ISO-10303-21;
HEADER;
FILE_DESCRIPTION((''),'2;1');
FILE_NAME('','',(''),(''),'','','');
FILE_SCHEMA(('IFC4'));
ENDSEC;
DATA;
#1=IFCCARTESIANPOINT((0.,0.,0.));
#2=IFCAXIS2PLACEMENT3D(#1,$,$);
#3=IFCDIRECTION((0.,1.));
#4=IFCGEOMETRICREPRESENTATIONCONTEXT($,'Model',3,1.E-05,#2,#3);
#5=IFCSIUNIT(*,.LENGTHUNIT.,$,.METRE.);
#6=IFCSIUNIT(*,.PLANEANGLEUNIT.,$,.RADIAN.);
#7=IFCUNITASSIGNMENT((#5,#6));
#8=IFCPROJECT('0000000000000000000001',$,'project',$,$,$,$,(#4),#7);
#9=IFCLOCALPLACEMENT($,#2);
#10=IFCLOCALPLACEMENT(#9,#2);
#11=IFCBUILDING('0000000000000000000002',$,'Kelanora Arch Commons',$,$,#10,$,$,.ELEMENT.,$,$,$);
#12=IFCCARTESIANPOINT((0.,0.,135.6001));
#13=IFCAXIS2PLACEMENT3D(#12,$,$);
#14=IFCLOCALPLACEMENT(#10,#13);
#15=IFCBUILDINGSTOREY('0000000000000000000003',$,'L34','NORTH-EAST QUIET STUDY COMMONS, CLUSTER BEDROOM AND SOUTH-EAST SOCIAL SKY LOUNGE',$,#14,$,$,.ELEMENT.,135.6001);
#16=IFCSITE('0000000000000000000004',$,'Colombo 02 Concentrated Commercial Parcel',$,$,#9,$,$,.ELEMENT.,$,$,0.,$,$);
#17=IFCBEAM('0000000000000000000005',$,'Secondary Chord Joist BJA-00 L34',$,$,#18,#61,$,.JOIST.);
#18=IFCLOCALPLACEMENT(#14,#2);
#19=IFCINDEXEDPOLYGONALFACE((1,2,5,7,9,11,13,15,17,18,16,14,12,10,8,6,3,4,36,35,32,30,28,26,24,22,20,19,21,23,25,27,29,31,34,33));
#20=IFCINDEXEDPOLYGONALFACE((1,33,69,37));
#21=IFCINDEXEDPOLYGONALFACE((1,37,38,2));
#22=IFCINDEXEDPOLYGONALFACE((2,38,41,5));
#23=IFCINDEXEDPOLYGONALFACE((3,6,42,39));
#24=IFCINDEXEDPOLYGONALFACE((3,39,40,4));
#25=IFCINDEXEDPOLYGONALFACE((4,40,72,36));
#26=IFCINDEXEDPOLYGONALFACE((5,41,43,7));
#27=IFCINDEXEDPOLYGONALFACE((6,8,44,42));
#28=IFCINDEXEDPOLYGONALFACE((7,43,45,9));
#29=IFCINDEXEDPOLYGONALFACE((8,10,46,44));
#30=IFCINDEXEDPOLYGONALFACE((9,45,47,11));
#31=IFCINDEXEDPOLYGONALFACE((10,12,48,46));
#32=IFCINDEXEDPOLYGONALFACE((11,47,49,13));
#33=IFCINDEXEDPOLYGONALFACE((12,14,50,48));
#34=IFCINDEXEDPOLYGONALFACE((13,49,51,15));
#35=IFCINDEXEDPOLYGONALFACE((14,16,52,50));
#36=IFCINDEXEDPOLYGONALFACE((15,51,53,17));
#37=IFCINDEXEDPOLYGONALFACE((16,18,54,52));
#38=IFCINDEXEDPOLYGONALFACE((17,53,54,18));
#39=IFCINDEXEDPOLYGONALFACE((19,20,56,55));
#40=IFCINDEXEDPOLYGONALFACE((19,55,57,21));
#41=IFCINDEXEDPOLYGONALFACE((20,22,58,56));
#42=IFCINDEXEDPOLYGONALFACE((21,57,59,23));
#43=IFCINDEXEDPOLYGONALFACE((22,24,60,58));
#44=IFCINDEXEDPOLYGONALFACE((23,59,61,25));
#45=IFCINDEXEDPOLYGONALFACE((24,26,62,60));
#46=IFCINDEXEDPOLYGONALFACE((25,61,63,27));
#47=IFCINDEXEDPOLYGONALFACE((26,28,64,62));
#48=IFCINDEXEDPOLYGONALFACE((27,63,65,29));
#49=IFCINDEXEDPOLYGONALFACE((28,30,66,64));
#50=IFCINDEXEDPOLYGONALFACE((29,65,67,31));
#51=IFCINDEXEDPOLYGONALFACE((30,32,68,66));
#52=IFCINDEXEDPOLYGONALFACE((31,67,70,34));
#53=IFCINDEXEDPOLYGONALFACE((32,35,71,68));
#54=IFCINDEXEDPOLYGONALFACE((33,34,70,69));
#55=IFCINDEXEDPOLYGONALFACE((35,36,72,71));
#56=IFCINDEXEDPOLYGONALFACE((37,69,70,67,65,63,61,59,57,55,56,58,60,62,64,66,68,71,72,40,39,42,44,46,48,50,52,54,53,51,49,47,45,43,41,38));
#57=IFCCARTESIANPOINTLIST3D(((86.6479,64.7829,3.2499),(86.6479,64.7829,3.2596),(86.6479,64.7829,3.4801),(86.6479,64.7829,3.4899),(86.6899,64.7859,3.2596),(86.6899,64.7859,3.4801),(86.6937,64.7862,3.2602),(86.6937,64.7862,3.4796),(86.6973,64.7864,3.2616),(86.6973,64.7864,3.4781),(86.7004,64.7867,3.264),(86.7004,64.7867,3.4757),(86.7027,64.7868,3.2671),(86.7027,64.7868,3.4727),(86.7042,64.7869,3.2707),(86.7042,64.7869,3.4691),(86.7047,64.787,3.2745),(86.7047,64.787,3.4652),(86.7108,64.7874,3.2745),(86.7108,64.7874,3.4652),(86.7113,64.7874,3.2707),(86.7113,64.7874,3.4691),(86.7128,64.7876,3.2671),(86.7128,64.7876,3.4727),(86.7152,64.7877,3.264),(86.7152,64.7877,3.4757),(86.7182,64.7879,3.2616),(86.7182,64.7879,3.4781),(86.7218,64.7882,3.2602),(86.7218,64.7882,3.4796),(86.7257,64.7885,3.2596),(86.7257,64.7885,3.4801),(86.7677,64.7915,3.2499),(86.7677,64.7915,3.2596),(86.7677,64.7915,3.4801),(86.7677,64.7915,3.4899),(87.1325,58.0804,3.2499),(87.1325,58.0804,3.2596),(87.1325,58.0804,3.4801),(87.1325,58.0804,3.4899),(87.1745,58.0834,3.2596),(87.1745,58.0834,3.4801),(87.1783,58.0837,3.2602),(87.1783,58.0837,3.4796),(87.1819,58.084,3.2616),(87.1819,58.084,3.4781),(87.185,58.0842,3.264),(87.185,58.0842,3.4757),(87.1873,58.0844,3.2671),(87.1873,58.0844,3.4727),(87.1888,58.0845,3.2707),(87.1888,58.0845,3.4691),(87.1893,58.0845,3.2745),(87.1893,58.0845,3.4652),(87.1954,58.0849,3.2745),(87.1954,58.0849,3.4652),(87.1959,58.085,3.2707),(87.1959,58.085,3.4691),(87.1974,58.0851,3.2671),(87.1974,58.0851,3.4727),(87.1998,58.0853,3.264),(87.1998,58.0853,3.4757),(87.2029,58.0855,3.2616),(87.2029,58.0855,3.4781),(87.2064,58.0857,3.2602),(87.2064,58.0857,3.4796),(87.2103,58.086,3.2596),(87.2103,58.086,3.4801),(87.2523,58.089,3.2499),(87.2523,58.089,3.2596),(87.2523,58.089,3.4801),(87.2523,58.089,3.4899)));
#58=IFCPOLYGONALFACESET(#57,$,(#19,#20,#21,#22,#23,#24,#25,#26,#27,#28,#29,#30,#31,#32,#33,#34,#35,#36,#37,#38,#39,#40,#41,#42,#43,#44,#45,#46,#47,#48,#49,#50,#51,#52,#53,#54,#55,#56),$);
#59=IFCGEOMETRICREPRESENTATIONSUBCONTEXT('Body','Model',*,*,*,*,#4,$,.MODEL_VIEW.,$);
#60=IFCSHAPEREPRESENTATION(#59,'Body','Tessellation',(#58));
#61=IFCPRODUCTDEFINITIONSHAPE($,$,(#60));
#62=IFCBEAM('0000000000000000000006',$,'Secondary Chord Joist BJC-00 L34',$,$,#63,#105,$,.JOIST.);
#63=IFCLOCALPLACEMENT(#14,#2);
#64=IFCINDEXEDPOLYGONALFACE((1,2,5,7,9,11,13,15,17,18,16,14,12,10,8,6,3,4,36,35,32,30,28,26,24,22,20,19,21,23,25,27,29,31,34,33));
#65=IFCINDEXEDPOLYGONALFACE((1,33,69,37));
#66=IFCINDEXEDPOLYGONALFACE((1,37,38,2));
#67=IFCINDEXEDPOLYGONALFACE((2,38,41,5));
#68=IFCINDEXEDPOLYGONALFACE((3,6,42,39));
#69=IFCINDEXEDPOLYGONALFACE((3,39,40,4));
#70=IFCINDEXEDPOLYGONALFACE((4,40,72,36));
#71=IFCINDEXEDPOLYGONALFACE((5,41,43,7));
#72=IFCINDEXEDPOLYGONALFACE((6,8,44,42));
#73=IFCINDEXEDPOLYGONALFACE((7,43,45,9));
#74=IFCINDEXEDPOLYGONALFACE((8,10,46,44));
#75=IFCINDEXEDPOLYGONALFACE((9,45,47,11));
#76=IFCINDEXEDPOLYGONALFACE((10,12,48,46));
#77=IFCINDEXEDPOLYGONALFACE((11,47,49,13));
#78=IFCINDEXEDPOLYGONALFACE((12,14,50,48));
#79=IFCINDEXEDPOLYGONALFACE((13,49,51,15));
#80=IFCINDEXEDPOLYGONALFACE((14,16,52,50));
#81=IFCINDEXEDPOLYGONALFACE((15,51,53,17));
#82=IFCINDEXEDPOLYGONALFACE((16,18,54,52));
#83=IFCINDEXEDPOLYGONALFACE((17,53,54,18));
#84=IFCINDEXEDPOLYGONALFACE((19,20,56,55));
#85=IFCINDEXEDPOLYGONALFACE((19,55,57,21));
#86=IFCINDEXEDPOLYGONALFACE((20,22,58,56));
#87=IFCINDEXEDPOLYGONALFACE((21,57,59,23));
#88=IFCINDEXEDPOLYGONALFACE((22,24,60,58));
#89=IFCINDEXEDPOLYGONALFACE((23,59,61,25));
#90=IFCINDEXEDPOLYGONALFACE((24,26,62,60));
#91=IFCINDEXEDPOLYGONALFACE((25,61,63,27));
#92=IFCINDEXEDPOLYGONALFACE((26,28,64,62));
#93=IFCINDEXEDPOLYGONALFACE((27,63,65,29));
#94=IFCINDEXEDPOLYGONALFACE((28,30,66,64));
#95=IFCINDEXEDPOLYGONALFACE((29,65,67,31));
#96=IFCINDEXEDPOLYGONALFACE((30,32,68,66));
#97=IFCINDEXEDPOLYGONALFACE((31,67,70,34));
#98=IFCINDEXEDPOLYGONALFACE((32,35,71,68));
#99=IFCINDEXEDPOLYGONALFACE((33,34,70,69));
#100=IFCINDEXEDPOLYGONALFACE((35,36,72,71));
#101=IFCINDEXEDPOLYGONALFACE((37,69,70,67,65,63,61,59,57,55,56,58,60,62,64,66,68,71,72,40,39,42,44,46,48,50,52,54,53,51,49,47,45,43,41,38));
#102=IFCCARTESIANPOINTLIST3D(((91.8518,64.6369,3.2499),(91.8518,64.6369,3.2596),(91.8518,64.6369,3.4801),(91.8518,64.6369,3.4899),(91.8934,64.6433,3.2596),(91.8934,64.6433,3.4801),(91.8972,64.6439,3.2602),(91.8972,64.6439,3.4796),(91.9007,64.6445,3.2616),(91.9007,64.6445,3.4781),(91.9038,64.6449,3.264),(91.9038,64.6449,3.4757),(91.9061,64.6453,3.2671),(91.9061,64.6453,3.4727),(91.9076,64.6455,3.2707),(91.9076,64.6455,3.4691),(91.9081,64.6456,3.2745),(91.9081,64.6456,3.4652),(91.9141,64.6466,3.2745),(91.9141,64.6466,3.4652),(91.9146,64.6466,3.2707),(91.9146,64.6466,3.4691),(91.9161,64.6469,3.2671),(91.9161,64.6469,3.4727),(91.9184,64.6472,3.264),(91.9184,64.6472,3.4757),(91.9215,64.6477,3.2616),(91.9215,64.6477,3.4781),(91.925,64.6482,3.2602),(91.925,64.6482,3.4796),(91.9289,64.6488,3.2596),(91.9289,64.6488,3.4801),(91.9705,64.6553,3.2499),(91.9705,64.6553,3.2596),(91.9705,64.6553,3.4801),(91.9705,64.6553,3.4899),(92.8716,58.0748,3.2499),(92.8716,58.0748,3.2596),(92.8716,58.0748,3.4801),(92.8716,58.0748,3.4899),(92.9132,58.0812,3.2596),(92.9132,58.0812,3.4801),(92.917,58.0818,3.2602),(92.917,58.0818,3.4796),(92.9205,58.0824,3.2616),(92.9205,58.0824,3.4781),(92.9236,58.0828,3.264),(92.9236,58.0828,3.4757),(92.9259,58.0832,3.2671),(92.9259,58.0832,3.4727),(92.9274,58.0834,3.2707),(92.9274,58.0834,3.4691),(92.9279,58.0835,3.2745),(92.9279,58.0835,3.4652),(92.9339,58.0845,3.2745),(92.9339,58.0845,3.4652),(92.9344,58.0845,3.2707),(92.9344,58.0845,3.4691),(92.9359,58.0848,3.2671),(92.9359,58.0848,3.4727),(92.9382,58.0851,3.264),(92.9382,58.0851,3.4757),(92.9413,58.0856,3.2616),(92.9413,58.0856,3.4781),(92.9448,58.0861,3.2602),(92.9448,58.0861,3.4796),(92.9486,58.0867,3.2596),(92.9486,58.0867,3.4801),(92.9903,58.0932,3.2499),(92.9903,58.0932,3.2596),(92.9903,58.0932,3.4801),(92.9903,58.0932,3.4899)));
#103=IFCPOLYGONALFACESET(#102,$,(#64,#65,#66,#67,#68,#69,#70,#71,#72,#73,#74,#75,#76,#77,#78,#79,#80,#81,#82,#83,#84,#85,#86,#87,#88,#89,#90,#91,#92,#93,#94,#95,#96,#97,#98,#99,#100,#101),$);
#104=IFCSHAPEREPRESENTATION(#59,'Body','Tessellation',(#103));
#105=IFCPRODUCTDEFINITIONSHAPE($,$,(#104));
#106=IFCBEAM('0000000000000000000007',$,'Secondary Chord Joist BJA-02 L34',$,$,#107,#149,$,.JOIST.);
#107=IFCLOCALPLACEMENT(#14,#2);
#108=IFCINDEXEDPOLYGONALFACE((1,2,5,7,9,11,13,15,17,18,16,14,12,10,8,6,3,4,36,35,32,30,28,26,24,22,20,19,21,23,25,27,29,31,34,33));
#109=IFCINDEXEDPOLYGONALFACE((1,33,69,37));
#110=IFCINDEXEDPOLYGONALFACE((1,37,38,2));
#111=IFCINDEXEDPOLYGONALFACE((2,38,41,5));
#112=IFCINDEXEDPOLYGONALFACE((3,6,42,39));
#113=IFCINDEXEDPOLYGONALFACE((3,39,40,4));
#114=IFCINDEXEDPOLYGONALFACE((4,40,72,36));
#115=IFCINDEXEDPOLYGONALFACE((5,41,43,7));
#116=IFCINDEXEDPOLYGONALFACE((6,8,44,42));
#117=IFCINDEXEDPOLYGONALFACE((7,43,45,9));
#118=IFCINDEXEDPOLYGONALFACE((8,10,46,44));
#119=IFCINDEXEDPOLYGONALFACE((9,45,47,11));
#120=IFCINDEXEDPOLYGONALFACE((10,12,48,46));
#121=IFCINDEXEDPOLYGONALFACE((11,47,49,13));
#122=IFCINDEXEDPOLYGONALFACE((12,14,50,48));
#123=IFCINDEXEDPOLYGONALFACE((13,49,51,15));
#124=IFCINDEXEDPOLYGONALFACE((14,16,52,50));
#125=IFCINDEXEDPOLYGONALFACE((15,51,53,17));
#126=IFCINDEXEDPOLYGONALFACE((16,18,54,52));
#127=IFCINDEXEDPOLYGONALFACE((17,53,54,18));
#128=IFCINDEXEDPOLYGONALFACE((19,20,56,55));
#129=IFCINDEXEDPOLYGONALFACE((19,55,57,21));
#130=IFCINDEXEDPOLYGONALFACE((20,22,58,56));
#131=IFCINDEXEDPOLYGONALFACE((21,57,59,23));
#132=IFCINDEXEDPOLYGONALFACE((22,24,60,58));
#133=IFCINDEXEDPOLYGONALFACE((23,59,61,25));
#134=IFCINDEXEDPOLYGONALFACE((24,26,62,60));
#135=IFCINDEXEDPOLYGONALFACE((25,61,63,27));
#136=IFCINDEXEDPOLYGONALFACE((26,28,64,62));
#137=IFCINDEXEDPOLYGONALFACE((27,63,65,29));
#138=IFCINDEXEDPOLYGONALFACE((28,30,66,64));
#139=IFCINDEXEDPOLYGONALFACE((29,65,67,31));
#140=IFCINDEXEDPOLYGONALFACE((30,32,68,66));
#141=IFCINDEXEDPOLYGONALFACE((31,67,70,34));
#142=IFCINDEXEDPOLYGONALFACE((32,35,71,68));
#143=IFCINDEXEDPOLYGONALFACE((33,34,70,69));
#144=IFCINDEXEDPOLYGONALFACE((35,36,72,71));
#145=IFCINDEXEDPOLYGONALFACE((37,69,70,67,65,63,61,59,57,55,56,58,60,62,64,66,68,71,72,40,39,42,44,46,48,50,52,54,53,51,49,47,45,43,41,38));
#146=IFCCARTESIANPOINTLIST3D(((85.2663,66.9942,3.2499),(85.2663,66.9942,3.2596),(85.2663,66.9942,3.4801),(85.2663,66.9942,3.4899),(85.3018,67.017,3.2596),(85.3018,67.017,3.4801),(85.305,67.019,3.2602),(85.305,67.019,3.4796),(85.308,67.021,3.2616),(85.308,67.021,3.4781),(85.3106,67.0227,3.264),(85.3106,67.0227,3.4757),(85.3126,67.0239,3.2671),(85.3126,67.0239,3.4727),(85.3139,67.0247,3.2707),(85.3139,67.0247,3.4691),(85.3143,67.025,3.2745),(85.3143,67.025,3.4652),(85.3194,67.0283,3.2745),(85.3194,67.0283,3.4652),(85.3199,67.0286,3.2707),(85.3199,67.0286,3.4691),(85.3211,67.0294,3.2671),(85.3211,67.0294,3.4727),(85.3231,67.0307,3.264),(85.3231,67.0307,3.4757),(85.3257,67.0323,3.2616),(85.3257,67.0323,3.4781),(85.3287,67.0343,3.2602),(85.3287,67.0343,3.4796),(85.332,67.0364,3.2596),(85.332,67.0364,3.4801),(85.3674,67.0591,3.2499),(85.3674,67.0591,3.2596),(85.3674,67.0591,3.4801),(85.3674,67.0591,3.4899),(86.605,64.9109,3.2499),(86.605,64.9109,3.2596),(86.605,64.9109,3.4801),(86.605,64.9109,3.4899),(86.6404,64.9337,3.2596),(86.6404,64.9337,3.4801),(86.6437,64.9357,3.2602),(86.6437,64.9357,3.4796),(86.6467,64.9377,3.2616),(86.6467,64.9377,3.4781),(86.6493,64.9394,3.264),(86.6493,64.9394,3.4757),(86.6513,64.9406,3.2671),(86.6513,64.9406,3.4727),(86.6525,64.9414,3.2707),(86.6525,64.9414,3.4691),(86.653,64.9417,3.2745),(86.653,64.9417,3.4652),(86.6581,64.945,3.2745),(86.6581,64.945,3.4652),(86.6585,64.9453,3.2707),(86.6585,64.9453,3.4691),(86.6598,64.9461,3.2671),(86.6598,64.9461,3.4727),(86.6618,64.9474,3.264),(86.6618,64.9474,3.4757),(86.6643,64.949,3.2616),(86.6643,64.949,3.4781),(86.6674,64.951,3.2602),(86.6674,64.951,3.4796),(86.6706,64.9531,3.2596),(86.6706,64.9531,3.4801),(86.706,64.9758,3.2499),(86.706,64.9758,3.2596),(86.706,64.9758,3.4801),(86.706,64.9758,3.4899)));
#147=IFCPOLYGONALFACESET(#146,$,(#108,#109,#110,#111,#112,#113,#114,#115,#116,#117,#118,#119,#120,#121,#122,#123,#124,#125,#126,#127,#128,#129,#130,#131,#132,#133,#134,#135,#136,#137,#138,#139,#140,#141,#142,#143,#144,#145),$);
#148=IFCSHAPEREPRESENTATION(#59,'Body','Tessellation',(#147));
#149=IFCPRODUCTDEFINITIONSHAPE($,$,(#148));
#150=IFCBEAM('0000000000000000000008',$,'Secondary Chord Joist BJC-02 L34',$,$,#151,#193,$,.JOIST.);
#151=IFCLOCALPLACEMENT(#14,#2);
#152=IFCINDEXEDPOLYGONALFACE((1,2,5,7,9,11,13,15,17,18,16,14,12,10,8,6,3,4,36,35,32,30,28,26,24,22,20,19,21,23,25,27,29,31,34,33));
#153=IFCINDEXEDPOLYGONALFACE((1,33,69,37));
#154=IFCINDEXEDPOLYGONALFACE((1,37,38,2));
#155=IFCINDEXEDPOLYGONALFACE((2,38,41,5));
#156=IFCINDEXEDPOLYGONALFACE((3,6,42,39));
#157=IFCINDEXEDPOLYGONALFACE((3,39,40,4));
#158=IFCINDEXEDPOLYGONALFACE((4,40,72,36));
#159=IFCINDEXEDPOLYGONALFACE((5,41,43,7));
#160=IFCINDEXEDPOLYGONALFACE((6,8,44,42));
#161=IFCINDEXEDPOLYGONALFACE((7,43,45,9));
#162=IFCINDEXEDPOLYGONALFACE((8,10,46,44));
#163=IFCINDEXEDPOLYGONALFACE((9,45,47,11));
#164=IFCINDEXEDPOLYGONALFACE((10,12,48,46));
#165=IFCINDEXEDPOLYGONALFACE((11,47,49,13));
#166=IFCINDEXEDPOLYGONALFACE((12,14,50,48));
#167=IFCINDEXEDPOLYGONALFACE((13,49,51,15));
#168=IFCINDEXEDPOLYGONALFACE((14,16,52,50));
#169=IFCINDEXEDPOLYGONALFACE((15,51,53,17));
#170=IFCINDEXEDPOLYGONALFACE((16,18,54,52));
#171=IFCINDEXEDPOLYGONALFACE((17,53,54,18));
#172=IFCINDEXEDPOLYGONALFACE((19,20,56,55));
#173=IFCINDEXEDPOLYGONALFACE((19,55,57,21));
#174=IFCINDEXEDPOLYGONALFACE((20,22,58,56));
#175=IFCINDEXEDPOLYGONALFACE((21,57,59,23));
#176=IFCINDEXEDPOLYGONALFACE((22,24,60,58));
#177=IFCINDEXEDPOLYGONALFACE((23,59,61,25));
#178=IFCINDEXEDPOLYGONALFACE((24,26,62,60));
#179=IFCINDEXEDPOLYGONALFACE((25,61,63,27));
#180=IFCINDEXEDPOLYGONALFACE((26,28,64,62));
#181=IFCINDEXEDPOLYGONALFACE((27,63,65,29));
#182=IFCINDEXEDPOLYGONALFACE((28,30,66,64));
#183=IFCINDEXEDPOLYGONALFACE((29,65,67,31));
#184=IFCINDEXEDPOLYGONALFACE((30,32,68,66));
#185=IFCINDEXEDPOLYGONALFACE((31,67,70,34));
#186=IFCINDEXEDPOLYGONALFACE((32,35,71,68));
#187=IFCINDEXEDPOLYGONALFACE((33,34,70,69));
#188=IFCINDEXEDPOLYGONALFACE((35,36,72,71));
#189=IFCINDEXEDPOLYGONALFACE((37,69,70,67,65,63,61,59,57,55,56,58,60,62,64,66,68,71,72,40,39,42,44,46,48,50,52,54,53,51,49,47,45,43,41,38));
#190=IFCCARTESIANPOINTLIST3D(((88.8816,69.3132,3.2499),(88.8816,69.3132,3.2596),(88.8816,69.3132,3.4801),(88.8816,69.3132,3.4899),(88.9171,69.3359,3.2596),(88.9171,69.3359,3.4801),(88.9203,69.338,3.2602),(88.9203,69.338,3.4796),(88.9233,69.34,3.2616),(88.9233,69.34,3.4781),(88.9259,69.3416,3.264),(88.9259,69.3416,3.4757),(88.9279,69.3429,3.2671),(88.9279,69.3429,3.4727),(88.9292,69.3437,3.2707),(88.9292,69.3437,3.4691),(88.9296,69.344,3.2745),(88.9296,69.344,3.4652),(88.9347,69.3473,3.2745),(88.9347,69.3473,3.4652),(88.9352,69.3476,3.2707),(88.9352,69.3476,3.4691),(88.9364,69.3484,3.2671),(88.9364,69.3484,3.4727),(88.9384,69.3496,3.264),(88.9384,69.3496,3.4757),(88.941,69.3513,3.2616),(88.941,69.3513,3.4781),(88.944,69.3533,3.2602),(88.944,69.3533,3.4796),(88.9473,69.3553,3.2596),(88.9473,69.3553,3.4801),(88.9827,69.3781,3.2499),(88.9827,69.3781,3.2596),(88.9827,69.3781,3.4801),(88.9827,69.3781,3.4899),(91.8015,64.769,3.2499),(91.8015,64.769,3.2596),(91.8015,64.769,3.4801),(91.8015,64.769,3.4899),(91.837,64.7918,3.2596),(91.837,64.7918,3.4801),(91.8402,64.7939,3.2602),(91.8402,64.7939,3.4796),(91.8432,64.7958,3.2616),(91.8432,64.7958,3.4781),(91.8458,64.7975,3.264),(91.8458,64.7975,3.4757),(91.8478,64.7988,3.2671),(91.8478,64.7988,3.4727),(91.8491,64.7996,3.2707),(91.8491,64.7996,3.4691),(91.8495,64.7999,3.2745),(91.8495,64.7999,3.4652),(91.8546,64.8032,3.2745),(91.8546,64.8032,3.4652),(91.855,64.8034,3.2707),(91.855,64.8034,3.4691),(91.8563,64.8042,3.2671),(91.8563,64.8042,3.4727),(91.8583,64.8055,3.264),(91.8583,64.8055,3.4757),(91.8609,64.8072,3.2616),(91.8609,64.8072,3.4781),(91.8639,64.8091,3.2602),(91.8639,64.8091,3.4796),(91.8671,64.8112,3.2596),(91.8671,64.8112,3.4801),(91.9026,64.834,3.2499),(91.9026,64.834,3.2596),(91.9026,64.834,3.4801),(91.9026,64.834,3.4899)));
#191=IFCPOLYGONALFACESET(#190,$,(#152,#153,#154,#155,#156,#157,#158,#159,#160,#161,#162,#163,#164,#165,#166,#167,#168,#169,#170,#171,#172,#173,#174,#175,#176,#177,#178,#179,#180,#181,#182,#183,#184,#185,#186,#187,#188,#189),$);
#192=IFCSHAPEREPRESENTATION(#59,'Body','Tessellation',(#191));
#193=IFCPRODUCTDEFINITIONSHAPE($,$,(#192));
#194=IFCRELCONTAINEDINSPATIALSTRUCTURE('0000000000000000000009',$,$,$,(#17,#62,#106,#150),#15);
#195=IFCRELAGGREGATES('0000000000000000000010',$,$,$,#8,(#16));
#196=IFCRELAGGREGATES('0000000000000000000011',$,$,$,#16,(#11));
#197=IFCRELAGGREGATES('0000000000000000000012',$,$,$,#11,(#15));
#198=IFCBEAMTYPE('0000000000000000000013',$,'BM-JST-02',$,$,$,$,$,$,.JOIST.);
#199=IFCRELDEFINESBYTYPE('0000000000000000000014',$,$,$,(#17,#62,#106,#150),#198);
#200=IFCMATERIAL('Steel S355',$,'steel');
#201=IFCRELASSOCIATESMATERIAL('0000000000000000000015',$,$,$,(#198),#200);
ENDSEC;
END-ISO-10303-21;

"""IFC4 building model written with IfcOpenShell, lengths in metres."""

from ifc_helpers import new_model, si_unit, direction, frame, origin, origin_2d, place, context, subcontext, project, spatial, i_section, extrude, material, material_profile, profile_set, type_object, element, save


model = new_model("IFC4")

# Units and contexts
model_context = context("Model", 3, precision=1e-05, world=origin(), true_north=direction((0.0, 1.0)))
body_context = subcontext(model_context, "Body", "Model", "MODEL_VIEW")
ifc_project = project(units=[si_unit("LENGTHUNIT", "METRE"), si_unit("PLANEANGLEUNIT", "RADIAN")], contexts=[model_context])

# Site, building, storey
site_placement = place(None, origin())
site = spatial("IfcSite", under=ifc_project, at=site_placement, Name="Colombo 02 Concentrated Commercial Parcel", CompositionType="ELEMENT", RefElevation=0.0)
building_placement = place(site_placement, origin())
building = spatial("IfcBuilding", under=site, at=building_placement, Name="Kelanora Arch Commons", CompositionType="ELEMENT")
storey_placement = place(building_placement, frame((0.0, 0.0, 135.6001)))
storey = spatial("IfcBuildingStorey", under=building, at=storey_placement, Name="L34", Description="NORTH-EAST QUIET STUDY COMMONS, CLUSTER BEDROOM AND SOUTH-EAST SOCIAL SKY LOUNGE", CompositionType="ELEMENT", Elevation=135.6001)

# Beams
ifc_material_1 = material(Name="Steel S355", Category="steel")
ifc_material_profile_1 = material_profile(ifc_material_1, i_section(OverallWidth=0.1201, OverallDepth=0.24, WebThickness=0.0061, FlangeThickness=0.0098, FilletRadius=0.0149, at=origin_2d()), Name="IPE240")
ifc_profile_set_1 = profile_set([ifc_material_profile_1], Name="Steel S355")
beam_type_1 = type_object("IfcBeamType", Name="BM-JST-02", PredefinedType="JOIST", material=ifc_profile_set_1)
beam_1_placement = place(storey_placement, frame((87.1924, 58.0847, 3.3699), z_axis=(-0.072117, 0.997396, 0.0), x_axis=(-0.997396, -0.072117, 0.0)))
element("IfcBeam", 1, at=beam_1_placement, inside=storey, type_object=beam_type_1, Name="Secondary Chord Joist BJA-00 L34", PredefinedType="JOIST", context=body_context, shape_type="SweptSolid", body=[
    extrude(i_section(OverallWidth=0.1201, OverallDepth=0.24, WebThickness=0.0061, FlangeThickness=0.0098, FilletRadius=0.0149, at=origin_2d()), origin(), (0.0, 0.0, 1.0), 6.72),
])
beam_2_placement = place(storey_placement, frame((92.9309, 58.084, 3.3699), z_axis=(-0.153563, 0.988139, 0.0), x_axis=(-0.988139, -0.153563, 0.0)))
element("IfcBeam", 2, at=beam_2_placement, inside=storey, type_object=beam_type_1, Name="Secondary Chord Joist BJC-00 L34", PredefinedType="JOIST", context=body_context, shape_type="SweptSolid", body=[
    extrude(i_section(OverallWidth=0.1201, OverallDepth=0.24, WebThickness=0.0061, FlangeThickness=0.0098, FilletRadius=0.0149, at=origin_2d()), origin(), (0.0, 0.0, 1.0), 6.6409),
])
beam_3_placement = place(storey_placement, frame((86.6555, 64.9434, 3.3699), z_axis=(-0.540583, 0.841291, 0.0), x_axis=(-0.841291, -0.540583, 0.0)))
element("IfcBeam", 3, at=beam_3_placement, inside=storey, type_object=beam_type_1, Name="Secondary Chord Joist BJA-02 L34", PredefinedType="JOIST", context=body_context, shape_type="SweptSolid", body=[
    extrude(i_section(OverallWidth=0.1201, OverallDepth=0.24, WebThickness=0.0061, FlangeThickness=0.0098, FilletRadius=0.0149, at=origin_2d()), origin(), (0.0, 0.0, 1.0), 2.4763),
])
beam_4_placement = place(storey_placement, frame((91.8521, 64.8015, 3.3699), z_axis=(-0.540582, 0.841292, 0.0), x_axis=(-0.841292, -0.540582, 0.0)))
element("IfcBeam", 4, at=beam_4_placement, inside=storey, type_object=beam_type_1, Name="Secondary Chord Joist BJC-02 L34", PredefinedType="JOIST", context=body_context, shape_type="SweptSolid", body=[
    extrude(i_section(OverallWidth=0.1201, OverallDepth=0.24, WebThickness=0.0061, FlangeThickness=0.0098, FilletRadius=0.0149, at=origin_2d()), origin(), (0.0, 0.0, 1.0), 5.4014),
])

save(model, "model.ifc")
